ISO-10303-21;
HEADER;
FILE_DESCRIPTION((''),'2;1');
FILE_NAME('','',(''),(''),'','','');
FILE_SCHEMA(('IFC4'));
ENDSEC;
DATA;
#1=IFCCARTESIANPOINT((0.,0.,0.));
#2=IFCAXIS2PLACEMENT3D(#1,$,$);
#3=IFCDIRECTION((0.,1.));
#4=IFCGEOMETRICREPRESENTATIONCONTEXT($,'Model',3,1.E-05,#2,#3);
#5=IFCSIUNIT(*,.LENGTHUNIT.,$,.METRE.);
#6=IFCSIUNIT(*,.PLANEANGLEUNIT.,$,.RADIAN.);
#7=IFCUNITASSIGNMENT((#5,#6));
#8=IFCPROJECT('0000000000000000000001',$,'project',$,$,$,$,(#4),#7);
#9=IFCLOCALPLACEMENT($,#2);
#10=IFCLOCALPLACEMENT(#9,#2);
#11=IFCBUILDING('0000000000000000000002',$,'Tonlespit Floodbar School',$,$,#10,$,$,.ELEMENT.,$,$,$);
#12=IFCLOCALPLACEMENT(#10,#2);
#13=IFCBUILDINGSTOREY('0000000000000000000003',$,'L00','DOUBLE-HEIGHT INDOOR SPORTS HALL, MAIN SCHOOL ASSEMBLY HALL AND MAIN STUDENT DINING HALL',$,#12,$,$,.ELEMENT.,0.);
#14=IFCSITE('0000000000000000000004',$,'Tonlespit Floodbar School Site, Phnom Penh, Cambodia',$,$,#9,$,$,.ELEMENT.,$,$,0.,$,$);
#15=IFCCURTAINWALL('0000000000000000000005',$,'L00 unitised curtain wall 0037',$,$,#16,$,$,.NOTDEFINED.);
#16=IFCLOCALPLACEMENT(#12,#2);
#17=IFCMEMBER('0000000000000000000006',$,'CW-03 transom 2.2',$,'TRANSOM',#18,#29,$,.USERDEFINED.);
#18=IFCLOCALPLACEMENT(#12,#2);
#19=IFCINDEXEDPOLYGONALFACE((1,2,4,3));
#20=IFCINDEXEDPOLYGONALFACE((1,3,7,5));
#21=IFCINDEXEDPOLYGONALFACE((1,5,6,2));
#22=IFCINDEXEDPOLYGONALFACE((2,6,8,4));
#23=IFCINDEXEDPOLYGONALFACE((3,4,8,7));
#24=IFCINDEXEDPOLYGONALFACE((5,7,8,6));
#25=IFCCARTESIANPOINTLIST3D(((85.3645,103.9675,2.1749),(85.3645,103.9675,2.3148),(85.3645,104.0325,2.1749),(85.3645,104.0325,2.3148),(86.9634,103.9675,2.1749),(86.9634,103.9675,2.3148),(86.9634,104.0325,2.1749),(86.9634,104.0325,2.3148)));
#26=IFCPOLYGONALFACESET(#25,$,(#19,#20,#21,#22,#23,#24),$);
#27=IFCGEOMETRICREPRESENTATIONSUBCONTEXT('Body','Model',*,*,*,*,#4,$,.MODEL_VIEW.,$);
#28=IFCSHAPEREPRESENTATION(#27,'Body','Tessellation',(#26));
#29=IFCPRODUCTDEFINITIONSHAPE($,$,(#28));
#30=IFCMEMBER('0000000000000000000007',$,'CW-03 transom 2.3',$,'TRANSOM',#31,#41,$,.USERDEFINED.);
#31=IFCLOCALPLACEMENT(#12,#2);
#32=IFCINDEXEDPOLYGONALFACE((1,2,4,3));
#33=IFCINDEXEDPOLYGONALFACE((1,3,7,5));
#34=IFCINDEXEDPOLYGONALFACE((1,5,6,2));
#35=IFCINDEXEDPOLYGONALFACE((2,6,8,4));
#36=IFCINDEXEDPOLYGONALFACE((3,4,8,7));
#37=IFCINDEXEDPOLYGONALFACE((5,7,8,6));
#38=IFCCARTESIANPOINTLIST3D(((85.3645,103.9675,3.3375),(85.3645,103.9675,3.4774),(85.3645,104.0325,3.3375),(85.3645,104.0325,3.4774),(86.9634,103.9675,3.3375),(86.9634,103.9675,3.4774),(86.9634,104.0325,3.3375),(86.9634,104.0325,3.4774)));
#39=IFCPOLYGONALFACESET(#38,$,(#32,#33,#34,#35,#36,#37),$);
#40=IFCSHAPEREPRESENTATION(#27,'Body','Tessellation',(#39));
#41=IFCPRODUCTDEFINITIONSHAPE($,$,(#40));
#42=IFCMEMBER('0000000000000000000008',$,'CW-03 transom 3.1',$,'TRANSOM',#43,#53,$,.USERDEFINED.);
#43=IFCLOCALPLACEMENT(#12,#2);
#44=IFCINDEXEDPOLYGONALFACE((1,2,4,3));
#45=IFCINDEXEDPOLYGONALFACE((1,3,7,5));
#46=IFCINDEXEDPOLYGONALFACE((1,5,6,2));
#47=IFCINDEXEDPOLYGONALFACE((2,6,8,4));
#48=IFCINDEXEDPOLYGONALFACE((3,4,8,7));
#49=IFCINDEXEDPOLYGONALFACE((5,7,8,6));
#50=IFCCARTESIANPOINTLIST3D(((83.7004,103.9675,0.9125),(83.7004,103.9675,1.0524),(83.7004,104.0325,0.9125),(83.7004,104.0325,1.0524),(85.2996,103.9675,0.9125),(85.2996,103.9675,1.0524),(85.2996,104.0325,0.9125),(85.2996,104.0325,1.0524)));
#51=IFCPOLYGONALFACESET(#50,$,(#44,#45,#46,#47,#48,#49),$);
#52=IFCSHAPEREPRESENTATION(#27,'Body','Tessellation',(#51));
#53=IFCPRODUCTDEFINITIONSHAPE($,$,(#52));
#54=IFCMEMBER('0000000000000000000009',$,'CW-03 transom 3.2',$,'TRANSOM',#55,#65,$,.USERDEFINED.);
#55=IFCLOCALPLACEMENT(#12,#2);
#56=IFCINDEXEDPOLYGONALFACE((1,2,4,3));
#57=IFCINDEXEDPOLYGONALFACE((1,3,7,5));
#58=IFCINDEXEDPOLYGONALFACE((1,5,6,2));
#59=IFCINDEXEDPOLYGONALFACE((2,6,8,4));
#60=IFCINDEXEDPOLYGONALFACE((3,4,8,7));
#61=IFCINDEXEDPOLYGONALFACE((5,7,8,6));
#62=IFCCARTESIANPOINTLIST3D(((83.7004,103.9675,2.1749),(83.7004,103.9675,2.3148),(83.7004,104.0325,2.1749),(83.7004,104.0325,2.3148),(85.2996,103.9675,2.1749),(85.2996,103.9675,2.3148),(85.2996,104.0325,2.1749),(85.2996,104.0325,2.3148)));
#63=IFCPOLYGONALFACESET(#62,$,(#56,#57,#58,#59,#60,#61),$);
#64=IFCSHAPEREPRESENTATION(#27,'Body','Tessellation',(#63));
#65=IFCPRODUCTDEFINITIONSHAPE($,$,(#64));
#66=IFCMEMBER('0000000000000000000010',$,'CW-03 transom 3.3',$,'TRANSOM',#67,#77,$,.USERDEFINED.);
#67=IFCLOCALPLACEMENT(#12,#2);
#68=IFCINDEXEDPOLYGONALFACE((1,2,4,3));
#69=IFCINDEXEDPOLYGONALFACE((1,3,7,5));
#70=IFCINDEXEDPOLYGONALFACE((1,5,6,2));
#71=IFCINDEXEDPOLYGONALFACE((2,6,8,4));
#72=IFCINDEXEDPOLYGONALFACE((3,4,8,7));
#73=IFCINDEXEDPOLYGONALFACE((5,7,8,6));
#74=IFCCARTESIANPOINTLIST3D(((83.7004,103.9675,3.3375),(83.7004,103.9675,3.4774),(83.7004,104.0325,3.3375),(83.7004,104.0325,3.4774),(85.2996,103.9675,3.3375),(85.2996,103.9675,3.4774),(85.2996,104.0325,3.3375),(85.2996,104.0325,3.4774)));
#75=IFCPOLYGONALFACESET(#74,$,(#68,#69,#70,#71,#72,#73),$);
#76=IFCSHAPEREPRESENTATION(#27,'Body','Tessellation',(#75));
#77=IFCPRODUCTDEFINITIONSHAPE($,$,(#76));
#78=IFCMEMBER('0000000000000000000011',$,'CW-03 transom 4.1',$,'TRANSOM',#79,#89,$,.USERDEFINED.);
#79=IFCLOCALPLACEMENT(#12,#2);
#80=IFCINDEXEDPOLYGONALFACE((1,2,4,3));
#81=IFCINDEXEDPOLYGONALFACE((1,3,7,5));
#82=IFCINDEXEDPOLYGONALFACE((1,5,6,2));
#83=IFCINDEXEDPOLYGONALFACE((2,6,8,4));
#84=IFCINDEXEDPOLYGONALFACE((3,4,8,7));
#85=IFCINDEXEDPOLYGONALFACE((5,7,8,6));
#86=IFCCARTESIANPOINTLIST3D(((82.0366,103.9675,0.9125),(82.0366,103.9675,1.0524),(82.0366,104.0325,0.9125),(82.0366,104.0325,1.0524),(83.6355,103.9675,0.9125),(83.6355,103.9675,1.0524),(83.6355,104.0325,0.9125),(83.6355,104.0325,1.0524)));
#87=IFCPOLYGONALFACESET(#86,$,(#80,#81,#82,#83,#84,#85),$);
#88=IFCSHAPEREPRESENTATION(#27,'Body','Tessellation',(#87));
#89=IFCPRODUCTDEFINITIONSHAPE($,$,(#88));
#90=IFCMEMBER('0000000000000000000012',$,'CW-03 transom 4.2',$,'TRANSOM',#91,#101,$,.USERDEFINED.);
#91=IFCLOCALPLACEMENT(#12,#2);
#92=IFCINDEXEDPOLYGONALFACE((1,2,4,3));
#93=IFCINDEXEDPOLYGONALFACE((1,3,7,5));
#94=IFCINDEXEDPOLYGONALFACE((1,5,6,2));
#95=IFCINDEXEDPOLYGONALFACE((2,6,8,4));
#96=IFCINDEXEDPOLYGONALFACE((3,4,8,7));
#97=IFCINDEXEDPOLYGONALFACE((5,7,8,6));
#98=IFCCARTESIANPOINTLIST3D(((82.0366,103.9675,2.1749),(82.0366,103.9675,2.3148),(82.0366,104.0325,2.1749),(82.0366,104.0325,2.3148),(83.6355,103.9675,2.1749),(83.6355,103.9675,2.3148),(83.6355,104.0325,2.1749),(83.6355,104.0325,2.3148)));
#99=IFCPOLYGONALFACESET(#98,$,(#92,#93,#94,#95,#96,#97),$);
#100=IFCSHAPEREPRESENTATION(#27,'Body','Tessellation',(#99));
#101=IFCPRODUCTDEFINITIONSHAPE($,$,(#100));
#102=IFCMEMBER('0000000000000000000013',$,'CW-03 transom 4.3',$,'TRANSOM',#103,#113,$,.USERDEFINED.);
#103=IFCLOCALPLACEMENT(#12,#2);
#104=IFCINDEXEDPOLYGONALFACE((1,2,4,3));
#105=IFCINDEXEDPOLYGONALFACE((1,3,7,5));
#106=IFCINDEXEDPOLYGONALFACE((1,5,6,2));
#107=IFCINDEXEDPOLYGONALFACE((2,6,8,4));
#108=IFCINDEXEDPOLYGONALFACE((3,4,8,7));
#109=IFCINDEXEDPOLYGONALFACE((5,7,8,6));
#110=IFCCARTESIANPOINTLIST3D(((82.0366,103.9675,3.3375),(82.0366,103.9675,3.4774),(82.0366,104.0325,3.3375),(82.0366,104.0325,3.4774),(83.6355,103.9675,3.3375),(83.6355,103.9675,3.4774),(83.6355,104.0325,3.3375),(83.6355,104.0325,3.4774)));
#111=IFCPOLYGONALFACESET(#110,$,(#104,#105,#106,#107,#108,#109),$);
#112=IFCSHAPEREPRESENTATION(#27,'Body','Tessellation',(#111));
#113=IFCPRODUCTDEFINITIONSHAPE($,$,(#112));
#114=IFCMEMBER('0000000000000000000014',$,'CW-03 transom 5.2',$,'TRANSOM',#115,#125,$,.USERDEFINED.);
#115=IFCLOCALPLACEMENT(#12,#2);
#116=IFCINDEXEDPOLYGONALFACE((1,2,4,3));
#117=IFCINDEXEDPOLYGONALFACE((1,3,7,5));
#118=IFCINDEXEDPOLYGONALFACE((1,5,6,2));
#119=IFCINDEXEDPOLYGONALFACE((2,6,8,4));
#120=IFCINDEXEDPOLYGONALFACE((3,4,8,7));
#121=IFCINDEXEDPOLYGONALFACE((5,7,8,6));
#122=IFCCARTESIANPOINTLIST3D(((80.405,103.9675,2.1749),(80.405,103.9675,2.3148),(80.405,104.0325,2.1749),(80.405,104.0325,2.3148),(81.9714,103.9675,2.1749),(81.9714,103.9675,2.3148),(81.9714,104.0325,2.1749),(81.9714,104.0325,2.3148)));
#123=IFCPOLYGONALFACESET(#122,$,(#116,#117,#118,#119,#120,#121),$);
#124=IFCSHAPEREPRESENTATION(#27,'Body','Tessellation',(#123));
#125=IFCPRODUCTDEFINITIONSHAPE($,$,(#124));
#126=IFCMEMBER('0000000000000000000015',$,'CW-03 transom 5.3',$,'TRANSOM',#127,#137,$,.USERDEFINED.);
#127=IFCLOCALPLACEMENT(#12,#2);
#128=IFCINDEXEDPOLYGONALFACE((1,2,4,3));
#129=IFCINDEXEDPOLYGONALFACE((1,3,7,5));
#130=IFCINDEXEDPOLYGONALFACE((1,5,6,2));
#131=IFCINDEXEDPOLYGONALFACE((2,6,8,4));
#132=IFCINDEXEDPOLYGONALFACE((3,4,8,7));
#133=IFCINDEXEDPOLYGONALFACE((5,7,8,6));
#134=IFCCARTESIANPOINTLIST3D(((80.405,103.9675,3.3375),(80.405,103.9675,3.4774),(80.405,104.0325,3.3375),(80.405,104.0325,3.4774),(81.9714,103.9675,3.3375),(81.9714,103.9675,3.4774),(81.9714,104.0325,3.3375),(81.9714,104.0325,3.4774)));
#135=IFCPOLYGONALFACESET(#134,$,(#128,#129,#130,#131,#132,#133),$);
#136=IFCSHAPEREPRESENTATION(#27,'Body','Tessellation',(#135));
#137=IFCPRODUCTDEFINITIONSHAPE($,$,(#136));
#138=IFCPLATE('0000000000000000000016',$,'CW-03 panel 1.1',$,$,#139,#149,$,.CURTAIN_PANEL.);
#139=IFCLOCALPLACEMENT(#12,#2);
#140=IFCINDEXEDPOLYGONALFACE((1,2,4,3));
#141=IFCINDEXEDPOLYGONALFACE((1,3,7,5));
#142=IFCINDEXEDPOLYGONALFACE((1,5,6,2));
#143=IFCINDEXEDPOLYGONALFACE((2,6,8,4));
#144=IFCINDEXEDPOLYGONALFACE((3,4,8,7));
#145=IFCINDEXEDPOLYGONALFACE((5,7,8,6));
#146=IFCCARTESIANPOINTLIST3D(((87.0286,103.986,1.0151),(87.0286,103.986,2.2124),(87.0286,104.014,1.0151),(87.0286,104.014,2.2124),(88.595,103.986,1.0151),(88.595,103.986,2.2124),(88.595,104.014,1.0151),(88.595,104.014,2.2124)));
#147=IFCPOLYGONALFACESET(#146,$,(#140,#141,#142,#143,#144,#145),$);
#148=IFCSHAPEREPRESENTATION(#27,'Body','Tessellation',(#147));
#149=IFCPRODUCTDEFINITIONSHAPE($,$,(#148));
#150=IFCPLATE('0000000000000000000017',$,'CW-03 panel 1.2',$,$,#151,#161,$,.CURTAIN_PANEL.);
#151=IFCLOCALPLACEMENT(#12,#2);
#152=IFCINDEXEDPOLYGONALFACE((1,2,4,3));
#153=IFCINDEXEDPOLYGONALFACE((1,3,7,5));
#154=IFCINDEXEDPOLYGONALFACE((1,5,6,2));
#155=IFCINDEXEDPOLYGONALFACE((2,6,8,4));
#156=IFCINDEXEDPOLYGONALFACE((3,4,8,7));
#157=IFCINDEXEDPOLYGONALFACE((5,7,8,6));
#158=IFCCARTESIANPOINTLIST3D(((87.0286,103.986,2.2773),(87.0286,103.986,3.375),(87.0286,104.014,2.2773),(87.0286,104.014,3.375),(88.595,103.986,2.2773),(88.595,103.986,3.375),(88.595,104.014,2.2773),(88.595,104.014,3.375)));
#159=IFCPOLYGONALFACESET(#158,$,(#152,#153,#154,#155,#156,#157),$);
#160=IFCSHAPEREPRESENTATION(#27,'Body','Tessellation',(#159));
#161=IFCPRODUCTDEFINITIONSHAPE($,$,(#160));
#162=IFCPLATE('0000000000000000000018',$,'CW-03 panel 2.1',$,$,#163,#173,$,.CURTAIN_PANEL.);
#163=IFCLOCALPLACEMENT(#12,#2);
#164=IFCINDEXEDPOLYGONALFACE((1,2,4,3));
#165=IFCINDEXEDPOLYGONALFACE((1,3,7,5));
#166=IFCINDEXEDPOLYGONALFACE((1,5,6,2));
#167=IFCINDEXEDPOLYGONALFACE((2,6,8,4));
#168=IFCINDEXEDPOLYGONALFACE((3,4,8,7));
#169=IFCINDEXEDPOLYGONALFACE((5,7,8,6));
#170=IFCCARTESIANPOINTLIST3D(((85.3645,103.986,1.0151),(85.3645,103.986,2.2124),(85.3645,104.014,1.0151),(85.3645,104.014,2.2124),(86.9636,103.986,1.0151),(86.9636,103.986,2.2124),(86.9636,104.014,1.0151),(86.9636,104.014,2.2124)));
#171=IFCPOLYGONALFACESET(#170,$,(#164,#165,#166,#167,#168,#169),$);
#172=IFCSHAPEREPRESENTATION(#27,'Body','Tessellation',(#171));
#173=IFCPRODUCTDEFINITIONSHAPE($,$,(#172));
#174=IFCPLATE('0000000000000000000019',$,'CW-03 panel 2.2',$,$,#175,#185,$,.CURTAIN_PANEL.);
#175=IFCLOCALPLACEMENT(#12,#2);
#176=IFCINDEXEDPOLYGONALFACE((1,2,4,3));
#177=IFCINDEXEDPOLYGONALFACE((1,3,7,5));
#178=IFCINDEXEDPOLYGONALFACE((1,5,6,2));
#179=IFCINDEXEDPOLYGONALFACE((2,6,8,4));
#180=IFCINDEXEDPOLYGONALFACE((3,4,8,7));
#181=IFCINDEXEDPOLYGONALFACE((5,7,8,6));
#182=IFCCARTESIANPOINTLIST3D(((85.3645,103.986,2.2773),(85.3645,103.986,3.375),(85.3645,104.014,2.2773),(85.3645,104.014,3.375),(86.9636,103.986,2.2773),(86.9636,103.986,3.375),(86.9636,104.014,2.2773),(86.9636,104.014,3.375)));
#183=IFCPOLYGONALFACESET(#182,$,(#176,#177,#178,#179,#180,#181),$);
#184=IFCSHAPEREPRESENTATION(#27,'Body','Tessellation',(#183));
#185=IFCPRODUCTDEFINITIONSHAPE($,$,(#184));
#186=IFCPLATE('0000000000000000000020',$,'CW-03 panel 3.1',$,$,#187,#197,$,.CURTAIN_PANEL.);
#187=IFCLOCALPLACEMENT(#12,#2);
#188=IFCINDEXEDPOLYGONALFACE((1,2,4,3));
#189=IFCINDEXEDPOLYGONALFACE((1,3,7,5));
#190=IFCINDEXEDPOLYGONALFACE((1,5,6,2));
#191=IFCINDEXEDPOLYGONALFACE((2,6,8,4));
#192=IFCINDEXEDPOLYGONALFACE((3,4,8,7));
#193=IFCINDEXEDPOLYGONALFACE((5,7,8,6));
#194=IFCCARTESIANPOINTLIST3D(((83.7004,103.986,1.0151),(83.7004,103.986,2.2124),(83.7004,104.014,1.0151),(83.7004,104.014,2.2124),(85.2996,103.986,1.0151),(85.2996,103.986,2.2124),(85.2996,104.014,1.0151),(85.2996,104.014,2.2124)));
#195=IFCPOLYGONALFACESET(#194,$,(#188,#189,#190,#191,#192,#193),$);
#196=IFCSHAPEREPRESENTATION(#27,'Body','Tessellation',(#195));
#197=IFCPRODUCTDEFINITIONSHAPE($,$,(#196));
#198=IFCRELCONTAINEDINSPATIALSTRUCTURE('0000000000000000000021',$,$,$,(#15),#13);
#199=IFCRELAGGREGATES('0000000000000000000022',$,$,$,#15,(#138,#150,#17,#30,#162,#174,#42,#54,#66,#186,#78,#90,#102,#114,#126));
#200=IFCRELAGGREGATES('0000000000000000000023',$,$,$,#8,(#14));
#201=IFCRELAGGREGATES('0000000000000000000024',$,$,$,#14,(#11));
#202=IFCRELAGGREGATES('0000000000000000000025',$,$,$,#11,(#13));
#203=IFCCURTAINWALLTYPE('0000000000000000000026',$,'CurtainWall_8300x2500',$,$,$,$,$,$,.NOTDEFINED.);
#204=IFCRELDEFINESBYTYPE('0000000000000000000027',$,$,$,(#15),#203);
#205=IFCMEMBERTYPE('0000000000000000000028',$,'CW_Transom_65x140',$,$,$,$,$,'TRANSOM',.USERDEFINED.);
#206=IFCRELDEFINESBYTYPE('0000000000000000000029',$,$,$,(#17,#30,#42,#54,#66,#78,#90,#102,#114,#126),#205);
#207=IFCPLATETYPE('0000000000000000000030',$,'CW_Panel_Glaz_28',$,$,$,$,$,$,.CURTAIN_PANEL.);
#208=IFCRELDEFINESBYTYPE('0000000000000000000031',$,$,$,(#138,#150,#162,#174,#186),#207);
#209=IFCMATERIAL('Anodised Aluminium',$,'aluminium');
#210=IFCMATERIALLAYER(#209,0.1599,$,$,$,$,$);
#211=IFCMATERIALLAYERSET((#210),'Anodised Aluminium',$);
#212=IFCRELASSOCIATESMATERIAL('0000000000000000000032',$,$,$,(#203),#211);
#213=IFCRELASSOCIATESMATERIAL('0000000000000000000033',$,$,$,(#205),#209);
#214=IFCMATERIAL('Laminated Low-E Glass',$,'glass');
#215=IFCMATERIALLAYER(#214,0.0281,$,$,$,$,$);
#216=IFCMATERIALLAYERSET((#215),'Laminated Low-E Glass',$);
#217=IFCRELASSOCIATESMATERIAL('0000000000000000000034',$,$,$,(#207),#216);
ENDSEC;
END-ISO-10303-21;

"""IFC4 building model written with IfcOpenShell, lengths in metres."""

from ifc_helpers import new_model, si_unit, direction, frame, origin, origin_2d, place, context, subcontext, project, spatial, rectangle, extrude, material, layer, layer_set, material_profile, profile_set, type_object, element, aggregate, save


model = new_model("IFC4")

# Units and contexts
model_context = context("Model", 3, precision=1e-05, world=origin(), true_north=direction((0.0, 1.0)))
body_context = subcontext(model_context, "Body", "Model", "MODEL_VIEW")
ifc_project = project(units=[si_unit("LENGTHUNIT", "METRE"), si_unit("PLANEANGLEUNIT", "RADIAN")], contexts=[model_context])

# Site, building, storey
site_placement = place(None, origin())
site = spatial("IfcSite", under=ifc_project, at=site_placement, Name="Tonlespit Floodbar School Site, Phnom Penh, Cambodia", CompositionType="ELEMENT", RefElevation=0.0)
building_placement = place(site_placement, origin())
building = spatial("IfcBuilding", under=site, at=building_placement, Name="Tonlespit Floodbar School", CompositionType="ELEMENT")
storey_placement = place(building_placement, origin())
storey = spatial("IfcBuildingStorey", under=building, at=storey_placement, Name="L00", Description="DOUBLE-HEIGHT INDOOR SPORTS HALL, MAIN SCHOOL ASSEMBLY HALL AND MAIN STUDENT DINING HALL", CompositionType="ELEMENT", Elevation=0.0)

# Shared definitions
ifc_material_1 = material(Name="Anodised Aluminium", Category="aluminium")
ifc_layer_1 = layer(ifc_material_1, 0.1599)
ifc_layer_set_1 = layer_set([ifc_layer_1], Name="Anodised Aluminium")
curtain_wall_type = type_object("IfcCurtainWallType", Name="CurtainWall_8300x2500", PredefinedType="NOTDEFINED", material=ifc_layer_set_1)

# Curtain wall, members, plates
curtain_wall_1_placement = place(storey_placement, origin())
curtain_wall_1 = element("IfcCurtainWall", 1, at=curtain_wall_1_placement, inside=storey, type_object=curtain_wall_type, Name="L00 unitised curtain wall 0037", PredefinedType="NOTDEFINED")
ifc_material_profile_1 = material_profile(ifc_material_1, rectangle(XDim=0.0649, YDim=0.1399, at=origin_2d()), Name="ALU T65x140")
ifc_profile_set_1 = profile_set([ifc_material_profile_1], Name="Anodised Aluminium")
member_type_1 = type_object("IfcMemberType", Name="CW_Transom_65x140", ElementType="TRANSOM", PredefinedType="USERDEFINED", material=ifc_profile_set_1)
member_1_placement = place(storey_placement, frame((86.9634, 104.0, 2.2449), z_axis=(-1.0, 0.0, 0.0), x_axis=(0.0, -1.0, 0.0)))
member_1 = element("IfcMember", 2, at=member_1_placement, type_object=member_type_1, Name="CW-03 transom 2.2", ObjectType="TRANSOM", PredefinedType="USERDEFINED", context=body_context, shape_type="SweptSolid", body=[
    extrude(rectangle(XDim=0.0649, YDim=0.1399, at=origin_2d()), origin(), (0.0, 0.0, 1.0), 1.5989),
])
member_2_placement = place(storey_placement, frame((86.9634, 104.0, 3.4075), z_axis=(-1.0, 0.0, 0.0), x_axis=(0.0, -1.0, 0.0)))
member_2 = element("IfcMember", 3, at=member_2_placement, type_object=member_type_1, Name="CW-03 transom 2.3", ObjectType="TRANSOM", PredefinedType="USERDEFINED", context=body_context, shape_type="SweptSolid", body=[
    extrude(rectangle(XDim=0.0649, YDim=0.1399, at=origin_2d()), origin(), (0.0, 0.0, 1.0), 1.5989),
])
member_3_placement = place(storey_placement, frame((85.2996, 104.0, 0.9824), z_axis=(-1.0, 0.0, 0.0), x_axis=(0.0, -1.0, 0.0)))
member_3 = element("IfcMember", 4, at=member_3_placement, type_object=member_type_1, Name="CW-03 transom 3.1", ObjectType="TRANSOM", PredefinedType="USERDEFINED", context=body_context, shape_type="SweptSolid", body=[
    extrude(rectangle(XDim=0.0649, YDim=0.1399, at=origin_2d()), origin(), (0.0, 0.0, 1.0), 1.5991),
])
member_4_placement = place(storey_placement, frame((85.2996, 104.0, 2.2449), z_axis=(-1.0, 0.0, 0.0), x_axis=(0.0, -1.0, 0.0)))
member_4 = element("IfcMember", 5, at=member_4_placement, type_object=member_type_1, Name="CW-03 transom 3.2", ObjectType="TRANSOM", PredefinedType="USERDEFINED", context=body_context, shape_type="SweptSolid", body=[
    extrude(rectangle(XDim=0.0649, YDim=0.1399, at=origin_2d()), origin(), (0.0, 0.0, 1.0), 1.5991),
])
member_5_placement = place(storey_placement, frame((85.2996, 104.0, 3.4075), z_axis=(-1.0, 0.0, 0.0), x_axis=(0.0, -1.0, 0.0)))
member_5 = element("IfcMember", 6, at=member_5_placement, type_object=member_type_1, Name="CW-03 transom 3.3", ObjectType="TRANSOM", PredefinedType="USERDEFINED", context=body_context, shape_type="SweptSolid", body=[
    extrude(rectangle(XDim=0.0649, YDim=0.1399, at=origin_2d()), origin(), (0.0, 0.0, 1.0), 1.5991),
])
member_6_placement = place(storey_placement, frame((83.6355, 104.0, 0.9824), z_axis=(-1.0, 0.0, 0.0), x_axis=(0.0, -1.0, 0.0)))
member_6 = element("IfcMember", 7, at=member_6_placement, type_object=member_type_1, Name="CW-03 transom 4.1", ObjectType="TRANSOM", PredefinedType="USERDEFINED", context=body_context, shape_type="SweptSolid", body=[
    extrude(rectangle(XDim=0.0649, YDim=0.1399, at=origin_2d()), origin(), (0.0, 0.0, 1.0), 1.5989),
])
member_7_placement = place(storey_placement, frame((83.6355, 104.0, 2.2449), z_axis=(-1.0, 0.0, 0.0), x_axis=(0.0, -1.0, 0.0)))
member_7 = element("IfcMember", 8, at=member_7_placement, type_object=member_type_1, Name="CW-03 transom 4.2", ObjectType="TRANSOM", PredefinedType="USERDEFINED", context=body_context, shape_type="SweptSolid", body=[
    extrude(rectangle(XDim=0.0649, YDim=0.1399, at=origin_2d()), origin(), (0.0, 0.0, 1.0), 1.5989),
])
member_8_placement = place(storey_placement, frame((83.6355, 104.0, 3.4075), z_axis=(-1.0, 0.0, 0.0), x_axis=(0.0, -1.0, 0.0)))
member_8 = element("IfcMember", 9, at=member_8_placement, type_object=member_type_1, Name="CW-03 transom 4.3", ObjectType="TRANSOM", PredefinedType="USERDEFINED", context=body_context, shape_type="SweptSolid", body=[
    extrude(rectangle(XDim=0.0649, YDim=0.1399, at=origin_2d()), origin(), (0.0, 0.0, 1.0), 1.5989),
])
member_9_placement = place(storey_placement, frame((81.9714, 104.0, 2.2449), z_axis=(-1.0, 0.0, 0.0), x_axis=(0.0, -1.0, 0.0)))
member_9 = element("IfcMember", 10, at=member_9_placement, type_object=member_type_1, Name="CW-03 transom 5.2", ObjectType="TRANSOM", PredefinedType="USERDEFINED", context=body_context, shape_type="SweptSolid", body=[
    extrude(rectangle(XDim=0.0649, YDim=0.1399, at=origin_2d()), origin(), (0.0, 0.0, 1.0), 1.5664),
])
member_10_placement = place(storey_placement, frame((81.9714, 104.0, 3.4075), z_axis=(-1.0, 0.0, 0.0), x_axis=(0.0, -1.0, 0.0)))
member_10 = element("IfcMember", 11, at=member_10_placement, type_object=member_type_1, Name="CW-03 transom 5.3", ObjectType="TRANSOM", PredefinedType="USERDEFINED", context=body_context, shape_type="SweptSolid", body=[
    extrude(rectangle(XDim=0.0649, YDim=0.1399, at=origin_2d()), origin(), (0.0, 0.0, 1.0), 1.5664),
])
ifc_material_2 = material(Name="Laminated Low-E Glass", Category="glass")
ifc_layer_2 = layer(ifc_material_2, 0.0281)
ifc_layer_set_2 = layer_set([ifc_layer_2], Name="Laminated Low-E Glass")
plate_type_1 = type_object("IfcPlateType", Name="CW_Panel_Glaz_28", PredefinedType="CURTAIN_PANEL", material=ifc_layer_set_2)
plate_1_placement = place(storey_placement, frame((87.8118, 104.0, 1.0151), z_axis=(0.0, 0.0, 1.0), x_axis=(-1.0, 0.0, 0.0)))
plate_1 = element("IfcPlate", 12, at=plate_1_placement, type_object=plate_type_1, Name="CW-03 panel 1.1", PredefinedType="CURTAIN_PANEL", context=body_context, shape_type="SweptSolid", body=[
    extrude(rectangle(XDim=1.5664, YDim=0.0281, at=origin_2d()), origin(), (0.0, 0.0, 1.0), 1.1973),
])
plate_2_placement = place(storey_placement, frame((87.8118, 104.0, 2.2773), z_axis=(0.0, 0.0, 1.0), x_axis=(-1.0, 0.0, 0.0)))
plate_2 = element("IfcPlate", 13, at=plate_2_placement, type_object=plate_type_1, Name="CW-03 panel 1.2", PredefinedType="CURTAIN_PANEL", context=body_context, shape_type="SweptSolid", body=[
    extrude(rectangle(XDim=1.5664, YDim=0.0281, at=origin_2d()), origin(), (0.0, 0.0, 1.0), 1.0977),
])
plate_3_placement = place(storey_placement, frame((86.1641, 104.0, 1.0151), z_axis=(0.0, 0.0, 1.0), x_axis=(-1.0, 0.0, 0.0)))
plate_3 = element("IfcPlate", 14, at=plate_3_placement, type_object=plate_type_1, Name="CW-03 panel 2.1", PredefinedType="CURTAIN_PANEL", context=body_context, shape_type="SweptSolid", body=[
    extrude(rectangle(XDim=1.5991, YDim=0.0281, at=origin_2d()), origin(), (0.0, 0.0, 1.0), 1.1973),
])
plate_4_placement = place(storey_placement, frame((86.1641, 104.0, 2.2773), z_axis=(0.0, 0.0, 1.0), x_axis=(-1.0, 0.0, 0.0)))
plate_4 = element("IfcPlate", 15, at=plate_4_placement, type_object=plate_type_1, Name="CW-03 panel 2.2", PredefinedType="CURTAIN_PANEL", context=body_context, shape_type="SweptSolid", body=[
    extrude(rectangle(XDim=1.5991, YDim=0.0281, at=origin_2d()), origin(), (0.0, 0.0, 1.0), 1.0977),
])
plate_5_placement = place(storey_placement, frame((84.5, 104.0, 1.0151), z_axis=(0.0, 0.0, 1.0), x_axis=(-1.0, 0.0, 0.0)))
plate_5 = element("IfcPlate", 16, at=plate_5_placement, type_object=plate_type_1, Name="CW-03 panel 3.1", PredefinedType="CURTAIN_PANEL", context=body_context, shape_type="SweptSolid", body=[
    extrude(rectangle(XDim=1.5991, YDim=0.0281, at=origin_2d()), origin(), (0.0, 0.0, 1.0), 1.1973),
])
aggregate(curtain_wall_1, [plate_1, plate_2, member_1, member_2, plate_3, plate_4, member_3, member_4, member_5, plate_5, member_6, member_7, member_8, member_9, member_10])

save(model, "model.ifc")
